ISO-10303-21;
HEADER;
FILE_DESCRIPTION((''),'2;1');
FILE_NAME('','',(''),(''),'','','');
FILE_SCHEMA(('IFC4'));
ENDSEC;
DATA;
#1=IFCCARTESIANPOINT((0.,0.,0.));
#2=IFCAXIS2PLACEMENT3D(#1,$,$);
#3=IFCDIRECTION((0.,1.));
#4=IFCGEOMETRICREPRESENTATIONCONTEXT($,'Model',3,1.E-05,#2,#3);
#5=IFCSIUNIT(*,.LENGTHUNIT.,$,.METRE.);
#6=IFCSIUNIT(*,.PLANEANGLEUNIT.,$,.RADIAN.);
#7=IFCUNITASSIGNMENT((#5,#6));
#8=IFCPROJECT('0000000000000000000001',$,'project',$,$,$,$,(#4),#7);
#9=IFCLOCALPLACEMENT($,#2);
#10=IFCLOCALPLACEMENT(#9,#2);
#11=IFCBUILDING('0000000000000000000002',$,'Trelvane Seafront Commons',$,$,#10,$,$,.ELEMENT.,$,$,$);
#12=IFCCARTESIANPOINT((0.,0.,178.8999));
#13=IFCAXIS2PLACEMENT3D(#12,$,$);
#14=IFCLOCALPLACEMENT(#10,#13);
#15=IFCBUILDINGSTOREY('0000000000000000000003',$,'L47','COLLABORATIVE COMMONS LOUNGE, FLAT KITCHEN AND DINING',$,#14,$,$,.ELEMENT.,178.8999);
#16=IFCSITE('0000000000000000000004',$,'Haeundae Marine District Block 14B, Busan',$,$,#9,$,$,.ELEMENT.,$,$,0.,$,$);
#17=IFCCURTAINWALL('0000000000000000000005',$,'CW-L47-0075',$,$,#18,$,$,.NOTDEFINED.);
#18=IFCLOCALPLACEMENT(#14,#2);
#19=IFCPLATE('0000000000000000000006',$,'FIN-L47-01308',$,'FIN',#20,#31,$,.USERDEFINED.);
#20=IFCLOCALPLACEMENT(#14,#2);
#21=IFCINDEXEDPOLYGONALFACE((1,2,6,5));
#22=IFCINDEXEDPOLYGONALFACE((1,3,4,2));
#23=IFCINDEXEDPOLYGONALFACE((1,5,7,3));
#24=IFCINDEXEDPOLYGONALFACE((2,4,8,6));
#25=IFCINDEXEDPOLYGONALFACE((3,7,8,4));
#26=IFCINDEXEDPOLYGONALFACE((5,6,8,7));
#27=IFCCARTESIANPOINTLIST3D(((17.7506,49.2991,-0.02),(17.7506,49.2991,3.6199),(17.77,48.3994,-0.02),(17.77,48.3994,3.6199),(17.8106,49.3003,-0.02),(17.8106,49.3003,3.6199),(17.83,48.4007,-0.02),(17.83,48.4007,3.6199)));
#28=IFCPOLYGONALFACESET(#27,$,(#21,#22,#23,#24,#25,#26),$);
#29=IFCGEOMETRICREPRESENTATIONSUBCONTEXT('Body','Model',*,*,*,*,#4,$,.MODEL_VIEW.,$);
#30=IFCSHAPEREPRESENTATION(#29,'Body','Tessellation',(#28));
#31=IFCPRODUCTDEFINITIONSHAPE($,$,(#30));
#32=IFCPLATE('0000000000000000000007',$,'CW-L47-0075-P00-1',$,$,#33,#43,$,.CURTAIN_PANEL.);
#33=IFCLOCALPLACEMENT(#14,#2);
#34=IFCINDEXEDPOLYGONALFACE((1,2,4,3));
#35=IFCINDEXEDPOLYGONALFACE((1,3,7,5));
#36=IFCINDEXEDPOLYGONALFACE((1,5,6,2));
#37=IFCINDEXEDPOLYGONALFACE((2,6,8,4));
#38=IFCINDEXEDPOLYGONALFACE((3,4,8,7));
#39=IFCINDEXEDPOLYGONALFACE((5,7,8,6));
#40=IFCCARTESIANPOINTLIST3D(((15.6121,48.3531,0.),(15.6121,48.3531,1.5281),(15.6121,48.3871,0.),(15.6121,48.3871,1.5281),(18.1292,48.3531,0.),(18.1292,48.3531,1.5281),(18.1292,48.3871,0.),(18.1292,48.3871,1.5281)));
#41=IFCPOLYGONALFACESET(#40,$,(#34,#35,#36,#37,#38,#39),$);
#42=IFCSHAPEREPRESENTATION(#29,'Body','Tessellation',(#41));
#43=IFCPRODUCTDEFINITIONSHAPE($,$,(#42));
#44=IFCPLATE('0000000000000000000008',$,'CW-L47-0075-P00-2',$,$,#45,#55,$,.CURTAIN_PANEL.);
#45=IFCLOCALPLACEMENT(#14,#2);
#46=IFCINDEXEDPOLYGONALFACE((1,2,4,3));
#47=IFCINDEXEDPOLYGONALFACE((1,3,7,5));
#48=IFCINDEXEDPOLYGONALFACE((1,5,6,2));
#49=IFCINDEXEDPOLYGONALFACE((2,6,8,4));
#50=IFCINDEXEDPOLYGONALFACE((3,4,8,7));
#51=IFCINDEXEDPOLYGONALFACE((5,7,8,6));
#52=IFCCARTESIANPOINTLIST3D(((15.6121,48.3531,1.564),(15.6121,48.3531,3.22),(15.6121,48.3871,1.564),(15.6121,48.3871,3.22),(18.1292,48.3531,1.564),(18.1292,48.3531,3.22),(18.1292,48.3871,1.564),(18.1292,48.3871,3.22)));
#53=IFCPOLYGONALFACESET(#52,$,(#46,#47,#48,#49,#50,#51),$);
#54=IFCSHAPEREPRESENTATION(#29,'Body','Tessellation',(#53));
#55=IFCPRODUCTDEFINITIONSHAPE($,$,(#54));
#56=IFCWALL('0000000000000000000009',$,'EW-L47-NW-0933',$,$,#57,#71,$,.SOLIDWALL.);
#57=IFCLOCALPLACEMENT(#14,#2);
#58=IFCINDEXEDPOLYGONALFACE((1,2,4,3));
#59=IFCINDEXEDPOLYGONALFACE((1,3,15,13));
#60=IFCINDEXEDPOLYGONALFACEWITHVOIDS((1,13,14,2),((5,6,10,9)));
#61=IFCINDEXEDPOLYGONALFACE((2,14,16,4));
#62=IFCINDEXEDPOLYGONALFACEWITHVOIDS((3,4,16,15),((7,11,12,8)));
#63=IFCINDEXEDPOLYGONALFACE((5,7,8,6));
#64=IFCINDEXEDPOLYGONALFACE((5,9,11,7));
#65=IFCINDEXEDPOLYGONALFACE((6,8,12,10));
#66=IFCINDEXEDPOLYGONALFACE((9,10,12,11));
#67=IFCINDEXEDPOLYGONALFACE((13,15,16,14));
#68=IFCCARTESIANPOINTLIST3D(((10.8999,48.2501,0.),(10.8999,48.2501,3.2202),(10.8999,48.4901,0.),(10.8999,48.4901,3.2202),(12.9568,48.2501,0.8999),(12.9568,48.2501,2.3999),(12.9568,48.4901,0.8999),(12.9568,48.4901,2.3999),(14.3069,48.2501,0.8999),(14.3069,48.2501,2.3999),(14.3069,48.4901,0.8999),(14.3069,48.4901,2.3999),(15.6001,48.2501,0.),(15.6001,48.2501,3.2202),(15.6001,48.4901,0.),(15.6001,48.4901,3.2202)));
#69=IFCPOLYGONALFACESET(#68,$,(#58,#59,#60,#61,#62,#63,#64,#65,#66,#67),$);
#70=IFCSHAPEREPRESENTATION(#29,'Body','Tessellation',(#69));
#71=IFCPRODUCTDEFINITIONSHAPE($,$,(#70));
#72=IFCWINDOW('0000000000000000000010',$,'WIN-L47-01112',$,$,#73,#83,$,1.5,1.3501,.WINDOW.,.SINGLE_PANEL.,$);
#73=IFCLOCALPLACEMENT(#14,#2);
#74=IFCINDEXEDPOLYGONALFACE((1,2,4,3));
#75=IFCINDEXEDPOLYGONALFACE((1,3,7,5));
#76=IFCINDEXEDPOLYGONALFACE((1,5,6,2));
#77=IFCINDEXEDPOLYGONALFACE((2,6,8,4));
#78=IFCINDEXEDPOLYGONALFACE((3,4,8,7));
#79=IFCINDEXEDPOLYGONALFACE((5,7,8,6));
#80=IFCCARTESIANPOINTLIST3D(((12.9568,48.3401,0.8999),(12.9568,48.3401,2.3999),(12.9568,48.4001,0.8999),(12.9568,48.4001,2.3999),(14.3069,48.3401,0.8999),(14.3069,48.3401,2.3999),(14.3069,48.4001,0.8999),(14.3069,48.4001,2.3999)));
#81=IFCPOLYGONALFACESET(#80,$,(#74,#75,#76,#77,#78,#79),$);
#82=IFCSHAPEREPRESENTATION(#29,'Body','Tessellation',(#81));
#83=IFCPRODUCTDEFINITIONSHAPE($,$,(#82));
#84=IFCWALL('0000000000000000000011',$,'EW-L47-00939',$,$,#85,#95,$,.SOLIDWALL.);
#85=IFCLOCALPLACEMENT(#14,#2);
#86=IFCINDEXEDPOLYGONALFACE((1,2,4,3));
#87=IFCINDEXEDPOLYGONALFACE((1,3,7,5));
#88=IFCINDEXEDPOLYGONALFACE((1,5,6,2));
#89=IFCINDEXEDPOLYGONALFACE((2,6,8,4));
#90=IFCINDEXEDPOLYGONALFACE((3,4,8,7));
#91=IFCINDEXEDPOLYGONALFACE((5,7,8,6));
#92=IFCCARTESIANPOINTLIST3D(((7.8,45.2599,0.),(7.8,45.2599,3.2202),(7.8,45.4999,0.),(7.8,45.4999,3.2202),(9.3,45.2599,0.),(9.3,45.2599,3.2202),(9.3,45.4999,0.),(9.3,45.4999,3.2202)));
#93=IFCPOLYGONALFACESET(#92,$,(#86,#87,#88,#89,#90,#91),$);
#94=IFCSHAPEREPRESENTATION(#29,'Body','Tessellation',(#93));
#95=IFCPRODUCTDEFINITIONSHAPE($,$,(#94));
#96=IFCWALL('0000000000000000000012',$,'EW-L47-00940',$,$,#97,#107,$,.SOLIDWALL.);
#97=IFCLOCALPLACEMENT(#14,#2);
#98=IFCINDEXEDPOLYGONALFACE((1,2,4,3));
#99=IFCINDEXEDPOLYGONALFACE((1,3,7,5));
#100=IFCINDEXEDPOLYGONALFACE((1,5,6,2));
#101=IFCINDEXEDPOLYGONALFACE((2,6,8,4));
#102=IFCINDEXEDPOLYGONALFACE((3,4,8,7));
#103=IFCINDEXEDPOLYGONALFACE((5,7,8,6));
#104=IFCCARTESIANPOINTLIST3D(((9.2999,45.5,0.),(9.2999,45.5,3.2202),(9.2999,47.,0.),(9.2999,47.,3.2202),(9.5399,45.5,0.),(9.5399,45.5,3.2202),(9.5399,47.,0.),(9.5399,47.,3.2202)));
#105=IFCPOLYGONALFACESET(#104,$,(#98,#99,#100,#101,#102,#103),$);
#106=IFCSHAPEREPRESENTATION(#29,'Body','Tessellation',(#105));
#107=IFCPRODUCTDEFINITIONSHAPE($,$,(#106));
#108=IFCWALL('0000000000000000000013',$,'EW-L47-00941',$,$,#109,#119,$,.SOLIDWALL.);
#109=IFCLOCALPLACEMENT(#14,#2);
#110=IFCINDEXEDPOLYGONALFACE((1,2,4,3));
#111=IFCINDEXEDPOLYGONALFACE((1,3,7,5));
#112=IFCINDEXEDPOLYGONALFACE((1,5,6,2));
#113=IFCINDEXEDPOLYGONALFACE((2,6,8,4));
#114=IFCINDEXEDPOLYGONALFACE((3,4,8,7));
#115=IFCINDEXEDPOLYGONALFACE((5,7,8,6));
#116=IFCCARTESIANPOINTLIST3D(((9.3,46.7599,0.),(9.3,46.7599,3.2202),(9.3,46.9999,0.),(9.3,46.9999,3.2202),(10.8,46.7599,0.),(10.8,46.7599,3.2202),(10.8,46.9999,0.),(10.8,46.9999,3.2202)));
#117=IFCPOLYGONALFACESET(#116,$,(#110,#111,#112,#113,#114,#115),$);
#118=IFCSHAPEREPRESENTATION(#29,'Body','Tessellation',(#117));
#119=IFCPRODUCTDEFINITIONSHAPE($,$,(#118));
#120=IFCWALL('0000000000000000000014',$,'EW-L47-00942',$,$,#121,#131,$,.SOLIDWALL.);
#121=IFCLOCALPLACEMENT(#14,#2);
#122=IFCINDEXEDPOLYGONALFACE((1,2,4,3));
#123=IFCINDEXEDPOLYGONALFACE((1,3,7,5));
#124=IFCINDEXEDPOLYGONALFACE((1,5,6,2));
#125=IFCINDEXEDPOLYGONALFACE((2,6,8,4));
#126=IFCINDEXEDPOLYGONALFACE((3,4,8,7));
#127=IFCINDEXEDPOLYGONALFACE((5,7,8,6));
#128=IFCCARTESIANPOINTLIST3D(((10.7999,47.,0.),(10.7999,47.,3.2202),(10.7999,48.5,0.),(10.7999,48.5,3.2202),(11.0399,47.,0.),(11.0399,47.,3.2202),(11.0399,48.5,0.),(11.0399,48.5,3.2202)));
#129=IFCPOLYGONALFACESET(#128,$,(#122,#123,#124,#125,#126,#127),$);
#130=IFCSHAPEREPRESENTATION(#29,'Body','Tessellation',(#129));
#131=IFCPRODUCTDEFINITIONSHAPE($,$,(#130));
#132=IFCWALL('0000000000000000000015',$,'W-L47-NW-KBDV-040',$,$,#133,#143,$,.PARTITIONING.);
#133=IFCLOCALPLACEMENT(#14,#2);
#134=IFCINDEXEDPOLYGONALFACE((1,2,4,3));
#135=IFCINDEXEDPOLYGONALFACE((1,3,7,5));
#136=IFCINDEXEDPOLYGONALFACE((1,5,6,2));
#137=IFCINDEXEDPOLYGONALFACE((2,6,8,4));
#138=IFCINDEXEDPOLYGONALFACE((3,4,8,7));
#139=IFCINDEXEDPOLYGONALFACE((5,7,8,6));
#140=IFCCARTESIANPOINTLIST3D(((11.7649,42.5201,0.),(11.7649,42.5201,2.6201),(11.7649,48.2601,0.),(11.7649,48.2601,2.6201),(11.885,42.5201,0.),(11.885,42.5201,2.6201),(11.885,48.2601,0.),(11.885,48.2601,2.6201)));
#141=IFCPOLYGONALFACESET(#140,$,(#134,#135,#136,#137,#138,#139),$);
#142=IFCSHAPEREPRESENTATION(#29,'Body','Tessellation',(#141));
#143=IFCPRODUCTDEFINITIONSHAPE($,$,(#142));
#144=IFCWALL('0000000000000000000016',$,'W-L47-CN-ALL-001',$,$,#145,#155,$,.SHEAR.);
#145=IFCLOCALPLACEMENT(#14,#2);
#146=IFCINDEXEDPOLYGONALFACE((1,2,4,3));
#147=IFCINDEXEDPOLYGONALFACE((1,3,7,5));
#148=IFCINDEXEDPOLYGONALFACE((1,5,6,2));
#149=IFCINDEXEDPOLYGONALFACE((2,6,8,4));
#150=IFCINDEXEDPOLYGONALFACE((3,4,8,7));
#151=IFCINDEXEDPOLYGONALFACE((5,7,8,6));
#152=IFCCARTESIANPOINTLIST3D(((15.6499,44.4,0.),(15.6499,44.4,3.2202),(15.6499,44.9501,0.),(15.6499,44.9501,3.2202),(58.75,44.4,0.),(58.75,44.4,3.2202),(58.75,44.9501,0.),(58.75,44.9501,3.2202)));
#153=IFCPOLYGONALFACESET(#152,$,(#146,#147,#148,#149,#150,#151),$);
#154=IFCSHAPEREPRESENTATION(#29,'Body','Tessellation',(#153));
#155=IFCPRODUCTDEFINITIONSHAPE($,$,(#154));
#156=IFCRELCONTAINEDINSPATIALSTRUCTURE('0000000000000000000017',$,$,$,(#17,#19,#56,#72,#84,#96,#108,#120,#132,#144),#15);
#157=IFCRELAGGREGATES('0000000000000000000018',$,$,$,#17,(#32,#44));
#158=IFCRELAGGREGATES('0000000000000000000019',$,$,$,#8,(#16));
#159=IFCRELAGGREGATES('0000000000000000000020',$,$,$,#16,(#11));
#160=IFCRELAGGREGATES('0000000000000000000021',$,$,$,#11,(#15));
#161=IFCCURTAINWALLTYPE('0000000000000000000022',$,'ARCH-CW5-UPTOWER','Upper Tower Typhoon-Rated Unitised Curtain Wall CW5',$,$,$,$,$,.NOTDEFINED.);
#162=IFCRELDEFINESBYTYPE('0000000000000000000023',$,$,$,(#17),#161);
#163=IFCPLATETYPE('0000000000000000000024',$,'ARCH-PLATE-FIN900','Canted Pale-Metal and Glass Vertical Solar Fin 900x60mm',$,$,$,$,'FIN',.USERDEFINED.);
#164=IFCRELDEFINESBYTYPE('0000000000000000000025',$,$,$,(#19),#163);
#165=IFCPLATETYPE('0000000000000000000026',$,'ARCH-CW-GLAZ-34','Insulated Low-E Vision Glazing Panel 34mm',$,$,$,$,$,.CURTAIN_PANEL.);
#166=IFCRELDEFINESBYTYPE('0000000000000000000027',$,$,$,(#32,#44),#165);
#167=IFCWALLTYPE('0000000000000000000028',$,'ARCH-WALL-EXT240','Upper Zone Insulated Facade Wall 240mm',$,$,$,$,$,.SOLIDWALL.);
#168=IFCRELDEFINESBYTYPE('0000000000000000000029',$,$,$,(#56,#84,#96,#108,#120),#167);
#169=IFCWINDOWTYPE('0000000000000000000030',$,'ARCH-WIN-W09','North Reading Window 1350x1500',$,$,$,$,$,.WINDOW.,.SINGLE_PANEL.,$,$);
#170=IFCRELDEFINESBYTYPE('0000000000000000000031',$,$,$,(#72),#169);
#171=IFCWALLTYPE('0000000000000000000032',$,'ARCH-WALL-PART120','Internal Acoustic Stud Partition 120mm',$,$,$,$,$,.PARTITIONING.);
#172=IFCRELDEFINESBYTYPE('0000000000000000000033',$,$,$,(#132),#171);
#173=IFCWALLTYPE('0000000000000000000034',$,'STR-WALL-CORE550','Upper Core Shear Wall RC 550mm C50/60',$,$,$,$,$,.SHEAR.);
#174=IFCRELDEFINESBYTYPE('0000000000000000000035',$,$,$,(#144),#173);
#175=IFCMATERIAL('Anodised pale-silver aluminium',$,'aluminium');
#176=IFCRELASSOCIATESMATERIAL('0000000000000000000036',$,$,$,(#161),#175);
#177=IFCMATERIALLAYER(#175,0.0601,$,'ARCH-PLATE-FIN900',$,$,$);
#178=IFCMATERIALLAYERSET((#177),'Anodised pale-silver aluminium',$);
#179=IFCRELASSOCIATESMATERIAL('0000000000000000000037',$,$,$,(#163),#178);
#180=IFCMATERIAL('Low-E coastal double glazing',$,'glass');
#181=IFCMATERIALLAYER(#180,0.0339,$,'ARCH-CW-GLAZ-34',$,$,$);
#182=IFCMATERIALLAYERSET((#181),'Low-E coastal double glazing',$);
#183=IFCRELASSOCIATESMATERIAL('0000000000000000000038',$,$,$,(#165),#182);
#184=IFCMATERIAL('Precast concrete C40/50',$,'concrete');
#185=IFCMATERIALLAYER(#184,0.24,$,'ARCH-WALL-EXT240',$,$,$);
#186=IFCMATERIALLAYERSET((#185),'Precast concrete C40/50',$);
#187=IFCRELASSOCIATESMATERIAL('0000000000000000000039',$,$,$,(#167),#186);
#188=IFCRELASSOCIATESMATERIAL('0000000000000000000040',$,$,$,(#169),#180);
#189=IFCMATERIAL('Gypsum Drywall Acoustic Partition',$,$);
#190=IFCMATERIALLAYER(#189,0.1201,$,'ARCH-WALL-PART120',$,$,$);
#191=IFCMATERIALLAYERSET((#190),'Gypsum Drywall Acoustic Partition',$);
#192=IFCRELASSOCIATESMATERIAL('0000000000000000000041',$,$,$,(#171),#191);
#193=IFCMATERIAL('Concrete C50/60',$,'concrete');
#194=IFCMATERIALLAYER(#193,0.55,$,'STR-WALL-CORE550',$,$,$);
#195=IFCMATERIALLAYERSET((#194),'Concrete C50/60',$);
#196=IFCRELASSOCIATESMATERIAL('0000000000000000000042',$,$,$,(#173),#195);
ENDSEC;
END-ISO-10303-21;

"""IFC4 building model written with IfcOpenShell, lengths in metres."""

from ifc_helpers import new_model, si_unit, direction, frame, frame_2d, origin, origin_2d, place, context, subcontext, project, spatial, rectangle, extrude, source, transform, mapped, material, layer, layer_set, type_object, element, fill, aggregate, save


model = new_model("IFC4")

# Units and contexts
model_context = context("Model", 3, precision=1e-05, world=origin(), true_north=direction((0.0, 1.0)))
body_context = subcontext(model_context, "Body", "Model", "MODEL_VIEW")
ifc_project = project(units=[si_unit("LENGTHUNIT", "METRE"), si_unit("PLANEANGLEUNIT", "RADIAN")], contexts=[model_context])

# Site, building, storey
site_placement = place(None, origin())
site = spatial("IfcSite", under=ifc_project, at=site_placement, Name="Haeundae Marine District Block 14B, Busan", CompositionType="ELEMENT", RefElevation=0.0)
building_placement = place(site_placement, origin())
building = spatial("IfcBuilding", under=site, at=building_placement, Name="Trelvane Seafront Commons", CompositionType="ELEMENT")
storey_placement = place(building_placement, frame((0.0, 0.0, 178.8999)))
storey = spatial("IfcBuildingStorey", under=building, at=storey_placement, Name="L47", Description="COLLABORATIVE COMMONS LOUNGE, FLAT KITCHEN AND DINING", CompositionType="ELEMENT", Elevation=178.8999)

# Shared definitions
ifc_material_1 = material(Name="Concrete C50/60", Category="concrete")

# Curtain wall
ifc_material_2 = material(Name="Anodised pale-silver aluminium", Category="aluminium")
curtain_wall_type = type_object("IfcCurtainWallType", Name="ARCH-CW5-UPTOWER", Description="Upper Tower Typhoon-Rated Unitised Curtain Wall CW5", PredefinedType="NOTDEFINED", material=ifc_material_2)
curtain_wall_placement = place(storey_placement, origin())
curtain_wall = element("IfcCurtainWall", 1, at=curtain_wall_placement, inside=storey, type_object=curtain_wall_type, Name="CW-L47-0075", PredefinedType="NOTDEFINED")

# Plate
ifc_layer_1 = layer(ifc_material_2, 0.0601, Name="ARCH-PLATE-FIN900")
ifc_layer_set_1 = layer_set([ifc_layer_1], Name="Anodised pale-silver aluminium")
plate_type_1 = type_object("IfcPlateType", Name="ARCH-PLATE-FIN900", Description="Canted Pale-Metal and Glass Vertical Solar Fin 900x60mm", ElementType="FIN", PredefinedType="USERDEFINED", material=ifc_layer_set_1)
shared_shape_1 = source(origin(), body_context, "Body", "SweptSolid", [
    extrude(rectangle(XDim=0.8999, YDim=0.0601, at=origin_2d()), origin(), (0.0, 0.0, 1.0), 3.6399),
])
for number, where, z_axis, x_axis, name in (
    (2, (17.7903, 48.8499, -0.02), (0.0, 0.0, 1.0), (-0.021555, 0.999768, 0.0), "FIN-L47-01308"),
):
    element("IfcPlate", number, at=place(storey_placement, frame(where, z_axis=z_axis, x_axis=x_axis)), inside=storey, type_object=plate_type_1, Name=name, ObjectType="FIN", PredefinedType="USERDEFINED", context=body_context, shape_type="MappedRepresentation", body=[
        mapped(shared_shape_1, transform((0.0, 0.0, 0.0), x_axis=(1.0, 0.0, 0.0), y_axis=(0.0, 1.0, 0.0), z_axis=(0.0, 0.0, 1.0), scale=1.0)),
    ])

# Plates
ifc_material_3 = material(Name="Low-E coastal double glazing", Category="glass")
ifc_layer_2 = layer(ifc_material_3, 0.0339, Name="ARCH-CW-GLAZ-34")
ifc_layer_set_2 = layer_set([ifc_layer_2], Name="Low-E coastal double glazing")
plate_type_2 = type_object("IfcPlateType", Name="ARCH-CW-GLAZ-34", Description="Insulated Low-E Vision Glazing Panel 34mm", PredefinedType="CURTAIN_PANEL", material=ifc_layer_set_2)
shared_shape_2 = source(origin(), body_context, "Body", "SweptSolid", [
    extrude(rectangle(XDim=2.5171, YDim=0.0339, at=origin_2d()), origin(), (0.0, 0.0, 1.0), 1.5281),
])
plate_1_placement = place(storey_placement, frame((16.8706, 48.3701, 0.0), z_axis=(0.0, 0.0, 1.0), x_axis=(1.0, 0.0, 0.0)))
plate_1 = element("IfcPlate", 3, at=plate_1_placement, type_object=plate_type_2, Name="CW-L47-0075-P00-1", PredefinedType="CURTAIN_PANEL", context=body_context, shape_type="MappedRepresentation", body=[
    mapped(shared_shape_2, transform((0.0, 0.0, 0.0), x_axis=(1.0, 0.0, 0.0), y_axis=(0.0, 1.0, 0.0), z_axis=(0.0, 0.0, 1.0), scale=1.0)),
])
shared_shape_3 = source(origin(), body_context, "Body", "SweptSolid", [
    extrude(rectangle(XDim=2.5171, YDim=0.0339, at=origin_2d()), origin(), (0.0, 0.0, 1.0), 1.656),
])
plate_2_placement = place(storey_placement, frame((16.8706, 48.3701, 1.564), z_axis=(0.0, 0.0, 1.0), x_axis=(1.0, 0.0, 0.0)))
plate_2 = element("IfcPlate", 4, at=plate_2_placement, type_object=plate_type_2, Name="CW-L47-0075-P00-2", PredefinedType="CURTAIN_PANEL", context=body_context, shape_type="MappedRepresentation", body=[
    mapped(shared_shape_3, transform((0.0, 0.0, 0.0), x_axis=(1.0, 0.0, 0.0), y_axis=(0.0, 1.0, 0.0), z_axis=(0.0, 0.0, 1.0), scale=1.0)),
])
aggregate(curtain_wall, [plate_1, plate_2])

# Wall, opening, window
ifc_material_4 = material(Name="Precast concrete C40/50", Category="concrete")
ifc_layer_3 = layer(ifc_material_4, 0.24, Name="ARCH-WALL-EXT240")
ifc_layer_set_3 = layer_set([ifc_layer_3], Name="Precast concrete C40/50")
wall_type_1 = type_object("IfcWallType", Name="ARCH-WALL-EXT240", Description="Upper Zone Insulated Facade Wall 240mm", PredefinedType="SOLIDWALL", material=ifc_layer_set_3)
wall_1_placement = place(storey_placement, frame((10.8999, 48.3701, 0.0), z_axis=(0.0, 0.0, 1.0), x_axis=(1.0, 0.0, 0.0)))
wall_1 = element("IfcWall", 5, at=wall_1_placement, inside=storey, type_object=wall_type_1, Name="EW-L47-NW-0933", PredefinedType="SOLIDWALL", context=body_context, shape_type="SweptSolid", body=[
    extrude(rectangle(XDim=4.7002, YDim=0.24, at=frame_2d((2.3501, 0.0))), origin(), (0.0, 0.0, 1.0), 3.2202),
])
opening_1_placement = place(wall_1_placement, frame((2.0569, 0.0, 0.8999)))
opening_1 = element("IfcOpeningElement", 6, at=opening_1_placement, cuts=wall_1, PredefinedType="OPENING", context=body_context, shape_type="SweptSolid", body=[
    extrude(rectangle(XDim=1.3501, YDim=1.5, at=frame_2d((0.675, 0.75))), frame((0.0, 0.1299, 0.0), z_axis=(0.0, -1.0, 0.0), x_axis=(1.0, 0.0, 0.0)), (0.0, 0.0, 1.0), 0.26),
])
window_type = type_object("IfcWindowType", Name="ARCH-WIN-W09", Description="North Reading Window 1350x1500", PartitioningType="SINGLE_PANEL", PredefinedType="WINDOW", material=ifc_material_3)
shared_shape_4 = source(origin(), body_context, "Body", "SweptSolid", [
    extrude(rectangle(XDim=1.3501, YDim=1.5, at=frame_2d((0.675, 0.75))), frame((0.0, 0.03, 0.0), z_axis=(0.0, -1.0, 0.0), x_axis=(1.0, 0.0, 0.0)), (0.0, 0.0, 1.0), 0.0601),
])
window_placement = place(opening_1_placement, origin())
window = element("IfcWindow", 7, at=window_placement, inside=storey, type_object=window_type, Name="WIN-L47-01112", OverallHeight=1.5, OverallWidth=1.3501, PartitioningType="SINGLE_PANEL", PredefinedType="WINDOW", context=body_context, shape_type="MappedRepresentation", body=[
    mapped(shared_shape_4, transform((0.0, 0.0, 0.0), x_axis=(1.0, 0.0, 0.0), y_axis=(0.0, 1.0, 0.0), z_axis=(0.0, 0.0, 1.0), scale=1.0)),
])
fill(opening_1, window)

# Walls
for number, where, z_axis, x_axis, name in (
    (8, (7.8, 45.3799, 0.0), (0.0, 0.0, 1.0), (1.0, 0.0, 0.0), "EW-L47-00939"),
    (9, (9.4199, 45.5, 0.0), (0.0, 0.0, 1.0), (0.0, 1.0, 0.0), "EW-L47-00940"),
    (10, (9.3, 46.8799, 0.0), (0.0, 0.0, 1.0), (1.0, 0.0, 0.0), "EW-L47-00941"),
    (11, (10.9199, 47.0, 0.0), (0.0, 0.0, 1.0), (0.0, 1.0, 0.0), "EW-L47-00942"),
):
    element("IfcWall", number, at=place(storey_placement, frame(where, z_axis=z_axis, x_axis=x_axis)), inside=storey, type_object=wall_type_1, Name=name, PredefinedType="SOLIDWALL", context=body_context, shape_type="SweptSolid", body=[
        extrude(rectangle(XDim=1.5, YDim=0.24, at=frame_2d((0.75, 0.0))), origin(), (0.0, 0.0, 1.0), 3.2202),
    ])

# Shared definitions
ifc_material_5 = material(Name="Gypsum Drywall Acoustic Partition")
ifc_layer_4 = layer(ifc_material_5, 0.1201, Name="ARCH-WALL-PART120")
ifc_layer_set_4 = layer_set([ifc_layer_4], Name="Gypsum Drywall Acoustic Partition")
wall_type_2 = type_object("IfcWallType", Name="ARCH-WALL-PART120", Description="Internal Acoustic Stud Partition 120mm", PredefinedType="PARTITIONING", material=ifc_layer_set_4)

# Wall
wall_2_placement = place(storey_placement, frame((11.825, 42.52, 0.0), z_axis=(0.0, 0.0, 1.0), x_axis=(0.0, 1.0, 0.0)))
element("IfcWall", 12, at=wall_2_placement, inside=storey, type_object=wall_type_2, Name="W-L47-NW-KBDV-040", PredefinedType="PARTITIONING", context=body_context, shape_type="SweptSolid", body=[
    extrude(rectangle(XDim=5.74, YDim=0.1201, at=frame_2d((2.8701, 0.0))), origin(), (0.0, 0.0, 1.0), 2.6201),
])

# Wall
ifc_layer_5 = layer(ifc_material_1, 0.55, Name="STR-WALL-CORE550")
ifc_layer_set_5 = layer_set([ifc_layer_5], Name="Concrete C50/60")
wall_type_3 = type_object("IfcWallType", Name="STR-WALL-CORE550", Description="Upper Core Shear Wall RC 550mm C50/60", PredefinedType="SHEAR", material=ifc_layer_set_5)
wall_3_placement = place(storey_placement, frame((15.6499, 44.675, 0.0), z_axis=(0.0, 0.0, 1.0), x_axis=(1.0, 0.0, 0.0)))
element("IfcWall", 13, at=wall_3_placement, inside=storey, type_object=wall_type_3, Name="W-L47-CN-ALL-001", PredefinedType="SHEAR", context=body_context, shape_type="SweptSolid", body=[
    extrude(rectangle(XDim=43.1001, YDim=0.55, at=frame_2d((21.55, 0.0))), origin(), (0.0, 0.0, 1.0), 3.2202),
])

save(model, "model.ifc")
